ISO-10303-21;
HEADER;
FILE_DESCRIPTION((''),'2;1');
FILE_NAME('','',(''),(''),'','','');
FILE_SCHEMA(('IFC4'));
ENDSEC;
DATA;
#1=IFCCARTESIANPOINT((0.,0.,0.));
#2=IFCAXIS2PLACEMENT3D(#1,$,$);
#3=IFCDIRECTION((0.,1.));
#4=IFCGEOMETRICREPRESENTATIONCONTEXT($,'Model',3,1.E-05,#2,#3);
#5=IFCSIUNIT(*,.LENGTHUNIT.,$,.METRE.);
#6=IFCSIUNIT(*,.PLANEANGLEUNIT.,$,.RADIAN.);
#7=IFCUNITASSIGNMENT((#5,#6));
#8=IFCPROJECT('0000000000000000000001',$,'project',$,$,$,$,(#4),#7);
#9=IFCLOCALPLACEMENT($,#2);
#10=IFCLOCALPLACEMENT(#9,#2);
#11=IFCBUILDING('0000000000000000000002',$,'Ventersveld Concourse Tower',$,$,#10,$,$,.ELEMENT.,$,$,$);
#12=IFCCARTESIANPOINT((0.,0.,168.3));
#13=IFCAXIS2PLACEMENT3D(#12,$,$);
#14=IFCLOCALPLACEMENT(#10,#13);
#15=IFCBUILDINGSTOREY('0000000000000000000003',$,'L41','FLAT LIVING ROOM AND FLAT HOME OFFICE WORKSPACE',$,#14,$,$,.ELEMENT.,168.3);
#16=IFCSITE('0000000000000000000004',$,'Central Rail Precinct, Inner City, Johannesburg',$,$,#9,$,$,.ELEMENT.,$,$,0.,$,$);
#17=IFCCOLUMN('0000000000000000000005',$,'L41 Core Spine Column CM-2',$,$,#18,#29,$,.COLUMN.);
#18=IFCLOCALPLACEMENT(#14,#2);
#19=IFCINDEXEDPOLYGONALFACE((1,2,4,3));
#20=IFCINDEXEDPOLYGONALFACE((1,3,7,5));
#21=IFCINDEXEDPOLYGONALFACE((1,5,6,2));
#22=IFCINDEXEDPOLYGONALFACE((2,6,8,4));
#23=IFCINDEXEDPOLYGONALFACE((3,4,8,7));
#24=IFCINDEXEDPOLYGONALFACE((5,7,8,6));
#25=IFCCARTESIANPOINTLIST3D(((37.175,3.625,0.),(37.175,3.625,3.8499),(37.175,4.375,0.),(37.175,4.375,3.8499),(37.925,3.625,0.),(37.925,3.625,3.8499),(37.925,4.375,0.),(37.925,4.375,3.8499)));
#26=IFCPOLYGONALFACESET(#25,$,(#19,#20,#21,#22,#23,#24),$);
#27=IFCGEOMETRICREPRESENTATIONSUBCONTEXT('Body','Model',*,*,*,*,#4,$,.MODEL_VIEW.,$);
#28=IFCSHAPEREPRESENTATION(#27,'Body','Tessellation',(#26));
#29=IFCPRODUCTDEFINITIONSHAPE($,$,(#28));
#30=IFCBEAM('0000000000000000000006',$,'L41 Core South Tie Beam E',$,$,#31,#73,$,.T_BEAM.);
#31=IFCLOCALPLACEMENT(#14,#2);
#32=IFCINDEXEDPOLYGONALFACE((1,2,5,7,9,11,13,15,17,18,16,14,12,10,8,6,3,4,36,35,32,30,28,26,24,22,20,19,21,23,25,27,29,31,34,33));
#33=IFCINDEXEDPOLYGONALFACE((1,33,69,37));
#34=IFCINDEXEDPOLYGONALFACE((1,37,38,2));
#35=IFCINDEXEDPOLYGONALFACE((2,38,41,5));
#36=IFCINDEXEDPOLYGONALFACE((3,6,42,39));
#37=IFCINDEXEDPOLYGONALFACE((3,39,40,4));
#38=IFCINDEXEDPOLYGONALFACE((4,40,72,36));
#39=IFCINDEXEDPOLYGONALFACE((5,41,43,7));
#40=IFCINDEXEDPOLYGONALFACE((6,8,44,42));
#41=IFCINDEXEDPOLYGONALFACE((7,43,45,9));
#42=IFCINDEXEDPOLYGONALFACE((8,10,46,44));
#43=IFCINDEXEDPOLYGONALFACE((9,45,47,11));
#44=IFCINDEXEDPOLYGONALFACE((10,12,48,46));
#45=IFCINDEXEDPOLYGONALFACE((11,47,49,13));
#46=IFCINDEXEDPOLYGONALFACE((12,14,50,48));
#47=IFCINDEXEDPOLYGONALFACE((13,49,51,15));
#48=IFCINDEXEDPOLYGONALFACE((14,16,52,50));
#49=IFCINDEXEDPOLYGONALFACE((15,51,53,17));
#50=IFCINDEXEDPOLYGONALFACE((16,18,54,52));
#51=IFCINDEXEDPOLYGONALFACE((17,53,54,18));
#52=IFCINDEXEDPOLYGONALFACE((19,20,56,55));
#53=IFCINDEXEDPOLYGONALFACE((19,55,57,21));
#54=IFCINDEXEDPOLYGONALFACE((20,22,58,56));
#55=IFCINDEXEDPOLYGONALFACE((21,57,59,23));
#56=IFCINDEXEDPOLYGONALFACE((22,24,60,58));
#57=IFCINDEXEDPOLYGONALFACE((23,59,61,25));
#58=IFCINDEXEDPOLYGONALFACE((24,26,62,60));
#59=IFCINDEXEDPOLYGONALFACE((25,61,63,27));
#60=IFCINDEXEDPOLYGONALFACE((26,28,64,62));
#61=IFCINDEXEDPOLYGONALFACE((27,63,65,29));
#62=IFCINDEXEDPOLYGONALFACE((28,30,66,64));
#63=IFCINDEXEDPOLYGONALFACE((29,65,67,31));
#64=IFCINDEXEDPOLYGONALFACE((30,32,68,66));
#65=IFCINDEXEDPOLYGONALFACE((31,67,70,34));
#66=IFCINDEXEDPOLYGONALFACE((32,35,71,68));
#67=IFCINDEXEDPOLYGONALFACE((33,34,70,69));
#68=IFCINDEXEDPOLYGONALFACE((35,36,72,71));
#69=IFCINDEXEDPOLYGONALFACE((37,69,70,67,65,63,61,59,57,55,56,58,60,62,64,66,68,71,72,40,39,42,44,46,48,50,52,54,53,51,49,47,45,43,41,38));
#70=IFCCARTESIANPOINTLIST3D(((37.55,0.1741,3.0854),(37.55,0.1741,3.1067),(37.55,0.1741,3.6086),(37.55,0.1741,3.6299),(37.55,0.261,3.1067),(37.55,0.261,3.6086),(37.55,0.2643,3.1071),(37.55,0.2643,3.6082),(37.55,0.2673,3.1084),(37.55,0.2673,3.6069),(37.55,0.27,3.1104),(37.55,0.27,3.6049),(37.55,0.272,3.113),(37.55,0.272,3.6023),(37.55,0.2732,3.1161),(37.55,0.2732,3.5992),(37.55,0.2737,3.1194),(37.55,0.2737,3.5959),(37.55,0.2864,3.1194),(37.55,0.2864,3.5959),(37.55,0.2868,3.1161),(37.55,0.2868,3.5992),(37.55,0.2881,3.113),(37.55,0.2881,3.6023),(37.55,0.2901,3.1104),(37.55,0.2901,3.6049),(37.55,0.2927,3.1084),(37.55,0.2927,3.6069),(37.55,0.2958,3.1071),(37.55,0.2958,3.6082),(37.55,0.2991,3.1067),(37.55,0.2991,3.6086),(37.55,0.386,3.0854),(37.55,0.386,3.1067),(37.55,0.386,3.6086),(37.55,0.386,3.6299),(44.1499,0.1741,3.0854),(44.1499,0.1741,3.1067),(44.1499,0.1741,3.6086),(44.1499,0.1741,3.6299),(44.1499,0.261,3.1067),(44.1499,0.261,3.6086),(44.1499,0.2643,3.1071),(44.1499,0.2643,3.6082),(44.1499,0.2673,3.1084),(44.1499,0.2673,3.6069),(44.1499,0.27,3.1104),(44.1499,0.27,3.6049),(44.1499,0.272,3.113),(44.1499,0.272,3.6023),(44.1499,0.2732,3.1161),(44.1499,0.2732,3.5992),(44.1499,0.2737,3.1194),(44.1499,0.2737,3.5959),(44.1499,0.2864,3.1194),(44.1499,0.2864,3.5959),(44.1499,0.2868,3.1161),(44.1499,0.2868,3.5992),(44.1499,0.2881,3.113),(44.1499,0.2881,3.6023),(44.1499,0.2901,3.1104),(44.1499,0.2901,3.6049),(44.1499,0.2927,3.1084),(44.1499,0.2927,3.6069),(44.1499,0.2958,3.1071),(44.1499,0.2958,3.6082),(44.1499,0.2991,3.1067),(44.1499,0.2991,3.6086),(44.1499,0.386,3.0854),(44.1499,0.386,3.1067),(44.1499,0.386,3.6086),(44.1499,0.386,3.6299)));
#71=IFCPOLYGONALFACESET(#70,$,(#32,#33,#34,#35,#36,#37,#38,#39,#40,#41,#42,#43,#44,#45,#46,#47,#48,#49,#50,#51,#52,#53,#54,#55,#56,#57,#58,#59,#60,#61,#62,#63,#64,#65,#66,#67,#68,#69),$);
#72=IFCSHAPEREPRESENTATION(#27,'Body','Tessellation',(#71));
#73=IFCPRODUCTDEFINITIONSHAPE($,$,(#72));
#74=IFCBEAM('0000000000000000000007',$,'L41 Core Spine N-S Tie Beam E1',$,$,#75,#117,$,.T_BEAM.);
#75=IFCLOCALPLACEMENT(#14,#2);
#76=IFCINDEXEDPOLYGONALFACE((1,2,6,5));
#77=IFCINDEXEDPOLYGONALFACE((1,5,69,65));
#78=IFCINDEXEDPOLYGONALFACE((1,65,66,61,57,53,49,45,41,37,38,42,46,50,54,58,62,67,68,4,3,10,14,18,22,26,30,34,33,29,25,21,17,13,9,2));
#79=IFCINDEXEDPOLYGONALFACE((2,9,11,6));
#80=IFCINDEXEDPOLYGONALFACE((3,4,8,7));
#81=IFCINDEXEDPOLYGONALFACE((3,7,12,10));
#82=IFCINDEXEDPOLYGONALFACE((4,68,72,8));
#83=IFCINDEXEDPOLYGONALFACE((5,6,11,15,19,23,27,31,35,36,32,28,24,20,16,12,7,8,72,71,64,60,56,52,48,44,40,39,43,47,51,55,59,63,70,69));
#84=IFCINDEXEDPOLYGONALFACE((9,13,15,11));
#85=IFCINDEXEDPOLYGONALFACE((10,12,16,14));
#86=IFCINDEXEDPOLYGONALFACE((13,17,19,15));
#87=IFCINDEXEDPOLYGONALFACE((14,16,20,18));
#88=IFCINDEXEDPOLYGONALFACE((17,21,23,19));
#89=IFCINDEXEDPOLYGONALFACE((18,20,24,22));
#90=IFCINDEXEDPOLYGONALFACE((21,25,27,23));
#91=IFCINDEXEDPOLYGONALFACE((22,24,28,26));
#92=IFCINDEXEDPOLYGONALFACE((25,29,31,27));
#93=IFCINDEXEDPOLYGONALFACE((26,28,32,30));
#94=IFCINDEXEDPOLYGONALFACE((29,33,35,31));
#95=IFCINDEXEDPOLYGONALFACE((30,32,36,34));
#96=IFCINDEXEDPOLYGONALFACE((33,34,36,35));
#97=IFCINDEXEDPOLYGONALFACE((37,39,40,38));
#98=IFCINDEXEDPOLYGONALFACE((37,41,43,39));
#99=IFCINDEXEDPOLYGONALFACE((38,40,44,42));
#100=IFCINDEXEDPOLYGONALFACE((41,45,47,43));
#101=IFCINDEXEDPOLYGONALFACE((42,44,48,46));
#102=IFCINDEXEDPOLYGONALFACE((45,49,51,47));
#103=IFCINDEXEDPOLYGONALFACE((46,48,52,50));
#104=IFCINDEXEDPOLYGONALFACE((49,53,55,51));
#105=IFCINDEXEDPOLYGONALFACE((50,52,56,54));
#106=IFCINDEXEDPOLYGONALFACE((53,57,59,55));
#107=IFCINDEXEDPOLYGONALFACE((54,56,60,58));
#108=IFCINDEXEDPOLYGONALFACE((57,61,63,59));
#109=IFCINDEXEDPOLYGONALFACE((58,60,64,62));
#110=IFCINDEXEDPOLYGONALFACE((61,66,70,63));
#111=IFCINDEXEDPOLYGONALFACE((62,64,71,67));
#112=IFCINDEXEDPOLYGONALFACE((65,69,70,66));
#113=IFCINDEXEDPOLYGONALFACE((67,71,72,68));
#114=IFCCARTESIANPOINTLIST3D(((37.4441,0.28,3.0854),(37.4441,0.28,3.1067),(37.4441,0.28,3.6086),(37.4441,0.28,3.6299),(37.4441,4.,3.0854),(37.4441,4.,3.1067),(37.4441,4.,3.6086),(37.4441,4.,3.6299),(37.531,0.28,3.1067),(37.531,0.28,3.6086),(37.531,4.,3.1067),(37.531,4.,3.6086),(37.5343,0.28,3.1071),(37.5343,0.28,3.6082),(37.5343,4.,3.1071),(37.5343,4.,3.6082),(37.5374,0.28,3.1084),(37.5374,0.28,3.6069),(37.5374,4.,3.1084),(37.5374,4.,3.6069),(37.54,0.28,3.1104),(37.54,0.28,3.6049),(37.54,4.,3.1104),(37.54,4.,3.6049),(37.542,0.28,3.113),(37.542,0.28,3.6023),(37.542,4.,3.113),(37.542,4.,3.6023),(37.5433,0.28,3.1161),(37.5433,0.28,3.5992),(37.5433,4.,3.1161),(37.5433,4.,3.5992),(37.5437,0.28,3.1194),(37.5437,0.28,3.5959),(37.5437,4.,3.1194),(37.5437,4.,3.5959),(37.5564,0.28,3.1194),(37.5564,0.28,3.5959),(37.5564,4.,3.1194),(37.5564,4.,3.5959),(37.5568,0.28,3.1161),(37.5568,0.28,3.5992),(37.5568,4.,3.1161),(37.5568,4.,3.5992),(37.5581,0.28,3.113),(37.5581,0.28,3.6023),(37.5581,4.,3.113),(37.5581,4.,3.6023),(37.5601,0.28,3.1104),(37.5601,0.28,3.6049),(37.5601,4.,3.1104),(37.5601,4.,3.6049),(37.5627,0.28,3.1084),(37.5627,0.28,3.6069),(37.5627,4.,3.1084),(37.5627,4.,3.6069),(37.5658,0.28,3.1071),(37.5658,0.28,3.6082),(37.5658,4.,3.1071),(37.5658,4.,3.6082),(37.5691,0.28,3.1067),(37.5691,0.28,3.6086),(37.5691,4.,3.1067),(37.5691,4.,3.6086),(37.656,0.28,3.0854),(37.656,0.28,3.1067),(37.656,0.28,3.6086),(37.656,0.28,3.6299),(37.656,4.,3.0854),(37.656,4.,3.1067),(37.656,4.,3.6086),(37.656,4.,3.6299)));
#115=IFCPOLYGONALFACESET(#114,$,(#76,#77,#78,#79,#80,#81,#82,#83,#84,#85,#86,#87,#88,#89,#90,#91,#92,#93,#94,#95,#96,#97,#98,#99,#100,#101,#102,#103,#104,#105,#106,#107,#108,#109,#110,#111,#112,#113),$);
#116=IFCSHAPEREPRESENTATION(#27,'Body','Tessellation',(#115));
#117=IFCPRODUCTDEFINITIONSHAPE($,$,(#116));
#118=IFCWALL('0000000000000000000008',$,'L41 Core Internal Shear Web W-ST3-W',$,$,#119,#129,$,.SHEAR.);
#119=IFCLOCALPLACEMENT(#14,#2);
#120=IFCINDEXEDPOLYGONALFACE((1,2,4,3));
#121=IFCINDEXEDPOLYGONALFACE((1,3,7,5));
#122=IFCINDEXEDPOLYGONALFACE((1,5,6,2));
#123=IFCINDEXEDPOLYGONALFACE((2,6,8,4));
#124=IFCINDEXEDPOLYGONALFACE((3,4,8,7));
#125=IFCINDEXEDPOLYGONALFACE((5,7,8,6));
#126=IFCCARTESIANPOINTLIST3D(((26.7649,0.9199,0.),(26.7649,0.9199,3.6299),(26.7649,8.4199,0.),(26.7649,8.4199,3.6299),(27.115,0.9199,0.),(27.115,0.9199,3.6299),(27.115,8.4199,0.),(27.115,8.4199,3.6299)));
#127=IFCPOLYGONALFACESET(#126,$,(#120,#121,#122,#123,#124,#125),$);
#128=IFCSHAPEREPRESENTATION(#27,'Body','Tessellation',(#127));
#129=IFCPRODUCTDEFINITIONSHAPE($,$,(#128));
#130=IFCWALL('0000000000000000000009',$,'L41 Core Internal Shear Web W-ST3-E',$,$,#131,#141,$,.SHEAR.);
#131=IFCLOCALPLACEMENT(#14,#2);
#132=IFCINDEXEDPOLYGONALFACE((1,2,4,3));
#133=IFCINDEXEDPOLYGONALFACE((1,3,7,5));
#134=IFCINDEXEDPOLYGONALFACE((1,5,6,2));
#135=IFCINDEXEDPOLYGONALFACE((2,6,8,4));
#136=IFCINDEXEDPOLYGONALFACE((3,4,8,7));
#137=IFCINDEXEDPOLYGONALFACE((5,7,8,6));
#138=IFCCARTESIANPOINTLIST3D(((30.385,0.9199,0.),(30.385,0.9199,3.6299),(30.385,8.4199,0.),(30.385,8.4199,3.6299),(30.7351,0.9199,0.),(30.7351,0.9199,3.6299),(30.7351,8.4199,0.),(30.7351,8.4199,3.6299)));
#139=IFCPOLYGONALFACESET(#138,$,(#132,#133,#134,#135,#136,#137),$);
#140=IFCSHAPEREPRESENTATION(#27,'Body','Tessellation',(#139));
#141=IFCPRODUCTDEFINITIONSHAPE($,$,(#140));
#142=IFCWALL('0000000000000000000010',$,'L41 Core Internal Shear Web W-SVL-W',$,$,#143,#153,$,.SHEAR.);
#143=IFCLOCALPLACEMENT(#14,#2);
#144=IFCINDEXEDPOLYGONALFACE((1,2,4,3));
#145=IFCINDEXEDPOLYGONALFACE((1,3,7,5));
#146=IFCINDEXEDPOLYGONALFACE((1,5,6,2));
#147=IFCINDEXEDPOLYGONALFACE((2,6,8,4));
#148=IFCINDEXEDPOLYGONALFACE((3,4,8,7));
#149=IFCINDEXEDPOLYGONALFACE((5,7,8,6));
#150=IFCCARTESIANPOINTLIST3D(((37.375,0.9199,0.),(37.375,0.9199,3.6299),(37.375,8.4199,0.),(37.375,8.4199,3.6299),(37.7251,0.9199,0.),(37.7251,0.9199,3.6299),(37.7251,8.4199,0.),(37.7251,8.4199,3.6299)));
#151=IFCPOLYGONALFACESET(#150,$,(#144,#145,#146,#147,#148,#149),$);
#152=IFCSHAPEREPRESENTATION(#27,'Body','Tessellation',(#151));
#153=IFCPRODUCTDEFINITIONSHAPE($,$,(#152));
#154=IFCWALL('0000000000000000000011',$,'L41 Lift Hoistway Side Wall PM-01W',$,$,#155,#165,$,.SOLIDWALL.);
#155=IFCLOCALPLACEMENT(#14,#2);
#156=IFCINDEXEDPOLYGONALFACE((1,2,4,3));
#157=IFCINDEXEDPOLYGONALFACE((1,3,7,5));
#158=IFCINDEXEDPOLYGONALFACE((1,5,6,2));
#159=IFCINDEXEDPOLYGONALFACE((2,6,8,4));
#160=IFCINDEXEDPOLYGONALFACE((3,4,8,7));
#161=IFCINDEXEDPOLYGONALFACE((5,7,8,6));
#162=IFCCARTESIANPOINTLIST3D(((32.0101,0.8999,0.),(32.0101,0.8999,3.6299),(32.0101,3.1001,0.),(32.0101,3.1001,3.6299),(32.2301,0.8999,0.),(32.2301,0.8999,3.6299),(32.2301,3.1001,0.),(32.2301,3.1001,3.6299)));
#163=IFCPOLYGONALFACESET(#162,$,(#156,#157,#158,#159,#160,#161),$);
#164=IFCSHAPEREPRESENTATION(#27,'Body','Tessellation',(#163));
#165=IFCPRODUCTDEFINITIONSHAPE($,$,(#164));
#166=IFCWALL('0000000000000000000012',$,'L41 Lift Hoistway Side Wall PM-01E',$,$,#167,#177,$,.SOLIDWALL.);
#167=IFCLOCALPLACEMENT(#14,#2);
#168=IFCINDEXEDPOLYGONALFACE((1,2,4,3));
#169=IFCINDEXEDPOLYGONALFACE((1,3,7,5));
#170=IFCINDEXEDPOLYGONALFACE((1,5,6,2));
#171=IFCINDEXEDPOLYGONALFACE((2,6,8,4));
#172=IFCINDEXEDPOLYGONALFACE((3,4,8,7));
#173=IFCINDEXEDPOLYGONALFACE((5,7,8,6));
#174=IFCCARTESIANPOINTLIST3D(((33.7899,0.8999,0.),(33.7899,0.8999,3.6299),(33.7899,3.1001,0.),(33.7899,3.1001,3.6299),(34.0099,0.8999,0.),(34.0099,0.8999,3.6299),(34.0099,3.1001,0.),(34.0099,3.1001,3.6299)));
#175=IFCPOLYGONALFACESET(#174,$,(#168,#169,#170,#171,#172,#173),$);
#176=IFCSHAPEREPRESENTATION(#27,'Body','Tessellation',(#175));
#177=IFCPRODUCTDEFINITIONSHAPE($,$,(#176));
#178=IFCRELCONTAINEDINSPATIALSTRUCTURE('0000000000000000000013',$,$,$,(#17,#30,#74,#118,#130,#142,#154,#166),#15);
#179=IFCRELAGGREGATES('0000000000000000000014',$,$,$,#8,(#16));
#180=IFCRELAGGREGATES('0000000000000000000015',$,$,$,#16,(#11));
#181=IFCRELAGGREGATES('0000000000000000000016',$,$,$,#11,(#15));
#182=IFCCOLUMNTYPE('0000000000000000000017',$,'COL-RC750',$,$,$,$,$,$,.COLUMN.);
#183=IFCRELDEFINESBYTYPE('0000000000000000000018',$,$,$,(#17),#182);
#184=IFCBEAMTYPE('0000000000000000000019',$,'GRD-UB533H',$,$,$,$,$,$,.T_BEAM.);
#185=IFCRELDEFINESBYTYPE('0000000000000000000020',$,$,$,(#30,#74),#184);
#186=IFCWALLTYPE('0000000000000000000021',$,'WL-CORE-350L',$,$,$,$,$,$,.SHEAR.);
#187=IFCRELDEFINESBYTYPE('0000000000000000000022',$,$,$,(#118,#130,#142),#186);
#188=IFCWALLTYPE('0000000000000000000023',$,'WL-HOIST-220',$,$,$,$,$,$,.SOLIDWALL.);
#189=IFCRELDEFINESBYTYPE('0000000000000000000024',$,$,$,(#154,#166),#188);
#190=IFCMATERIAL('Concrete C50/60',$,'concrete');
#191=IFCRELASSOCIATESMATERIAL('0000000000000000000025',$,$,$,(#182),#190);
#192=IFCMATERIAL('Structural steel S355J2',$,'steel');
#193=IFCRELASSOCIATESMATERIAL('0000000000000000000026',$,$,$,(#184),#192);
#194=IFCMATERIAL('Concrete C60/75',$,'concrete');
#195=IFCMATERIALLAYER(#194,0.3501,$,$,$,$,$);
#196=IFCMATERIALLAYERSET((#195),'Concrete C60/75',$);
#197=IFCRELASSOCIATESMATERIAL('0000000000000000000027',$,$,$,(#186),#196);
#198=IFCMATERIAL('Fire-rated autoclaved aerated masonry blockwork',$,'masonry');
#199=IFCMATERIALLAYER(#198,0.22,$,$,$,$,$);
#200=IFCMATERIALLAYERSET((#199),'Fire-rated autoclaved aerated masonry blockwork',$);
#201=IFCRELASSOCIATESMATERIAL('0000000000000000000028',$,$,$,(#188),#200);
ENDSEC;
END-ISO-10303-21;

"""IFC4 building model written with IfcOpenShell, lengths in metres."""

from ifc_helpers import new_model, si_unit, direction, frame, frame_2d, origin, origin_2d, place, context, subcontext, project, spatial, rectangle, i_section, extrude, material, layer, layer_set, material_profile, profile_set, type_object, element, save


model = new_model("IFC4")

# Units and contexts
model_context = context("Model", 3, precision=1e-05, world=origin(), true_north=direction((0.0, 1.0)))
body_context = subcontext(model_context, "Body", "Model", "MODEL_VIEW")
ifc_project = project(units=[si_unit("LENGTHUNIT", "METRE"), si_unit("PLANEANGLEUNIT", "RADIAN")], contexts=[model_context])

# Site, building, storey
site_placement = place(None, origin())
site = spatial("IfcSite", under=ifc_project, at=site_placement, Name="Central Rail Precinct, Inner City, Johannesburg", CompositionType="ELEMENT", RefElevation=0.0)
building_placement = place(site_placement, origin())
building = spatial("IfcBuilding", under=site, at=building_placement, Name="Ventersveld Concourse Tower", CompositionType="ELEMENT")
storey_placement = place(building_placement, frame((0.0, 0.0, 168.3)))
storey = spatial("IfcBuildingStorey", under=building, at=storey_placement, Name="L41", Description="FLAT LIVING ROOM AND FLAT HOME OFFICE WORKSPACE", CompositionType="ELEMENT", Elevation=168.3)

# Column
ifc_material_1 = material(Name="Concrete C50/60", Category="concrete")
ifc_material_profile_1 = material_profile(ifc_material_1, rectangle(XDim=0.75, YDim=0.75, at=origin_2d()), Name="RC 750x750")
ifc_profile_set_1 = profile_set([ifc_material_profile_1], Name="Concrete C50/60")
column_type = type_object("IfcColumnType", Name="COL-RC750", PredefinedType="COLUMN", material=ifc_profile_set_1)
column_placement = place(storey_placement, frame((37.55, 4.0, 0.0), z_axis=(0.0, 0.0, 1.0), x_axis=(1.0, 0.0, 0.0)))
element("IfcColumn", 1, at=column_placement, inside=storey, type_object=column_type, Name="L41 Core Spine Column CM-2", PredefinedType="COLUMN", context=body_context, shape_type="SweptSolid", body=[
    extrude(rectangle(XDim=0.75, YDim=0.75, at=origin_2d()), origin(), (0.0, 0.0, 1.0), 3.8499),
])

# Beams
ifc_material_2 = material(Name="Structural steel S355J2", Category="steel")
ifc_material_profile_2 = material_profile(ifc_material_2, i_section(OverallWidth=0.2119, OverallDepth=0.5444, WebThickness=0.0127, FlangeThickness=0.0212, FilletRadius=0.0127, at=origin_2d()), Name="UB 533x210x122")
ifc_profile_set_2 = profile_set([ifc_material_profile_2], Name="Structural steel S355J2")
beam_type = type_object("IfcBeamType", Name="GRD-UB533H", PredefinedType="T_BEAM", material=ifc_profile_set_2)
beam_1_placement = place(storey_placement, frame((37.55, 0.28, 3.3577), z_axis=(1.0, 0.0, 0.0), x_axis=(0.0, 1.0, 0.0)))
element("IfcBeam", 2, at=beam_1_placement, inside=storey, type_object=beam_type, Name="L41 Core South Tie Beam E", PredefinedType="T_BEAM", context=body_context, shape_type="SweptSolid", body=[
    extrude(i_section(OverallWidth=0.2119, OverallDepth=0.5444, WebThickness=0.0127, FlangeThickness=0.0212, FilletRadius=0.0127, at=origin_2d()), origin(), (0.0, 0.0, 1.0), 6.5999),
])
beam_2_placement = place(storey_placement, frame((37.55, 0.28, 3.3577), z_axis=(0.0, 1.0, 0.0), x_axis=(-1.0, 0.0, 0.0)))
element("IfcBeam", 3, at=beam_2_placement, inside=storey, type_object=beam_type, Name="L41 Core Spine N-S Tie Beam E1", PredefinedType="T_BEAM", context=body_context, shape_type="SweptSolid", body=[
    extrude(i_section(OverallWidth=0.2119, OverallDepth=0.5444, WebThickness=0.0127, FlangeThickness=0.0212, FilletRadius=0.0127, at=origin_2d()), origin(), (0.0, 0.0, 1.0), 3.72),
])

# Walls
ifc_material_3 = material(Name="Concrete C60/75", Category="concrete")
ifc_layer_1 = layer(ifc_material_3, 0.3501)
ifc_layer_set_1 = layer_set([ifc_layer_1], Name="Concrete C60/75")
wall_type_1 = type_object("IfcWallType", Name="WL-CORE-350L", PredefinedType="SHEAR", material=ifc_layer_set_1)
for number, where, z_axis, x_axis, name in (
    (4, (26.9399, 0.9199, 0.0), (0.0, 0.0, 1.0), (0.0, 1.0, 0.0), "L41 Core Internal Shear Web W-ST3-W"),
    (5, (30.5601, 0.9199, 0.0), (0.0, 0.0, 1.0), (0.0, 1.0, 0.0), "L41 Core Internal Shear Web W-ST3-E"),
    (6, (37.55, 0.9199, 0.0), (0.0, 0.0, 1.0), (0.0, 1.0, 0.0), "L41 Core Internal Shear Web W-SVL-W"),
):
    element("IfcWall", number, at=place(storey_placement, frame(where, z_axis=z_axis, x_axis=x_axis)), inside=storey, type_object=wall_type_1, Name=name, PredefinedType="SHEAR", context=body_context, shape_type="SweptSolid", body=[
        extrude(rectangle(XDim=7.5, YDim=0.3501, at=frame_2d((3.75, 0.0))), origin(), (0.0, 0.0, 1.0), 3.6299),
    ])
ifc_material_4 = material(Name="Fire-rated autoclaved aerated masonry blockwork", Category="masonry")
ifc_layer_2 = layer(ifc_material_4, 0.22)
ifc_layer_set_2 = layer_set([ifc_layer_2], Name="Fire-rated autoclaved aerated masonry blockwork")
wall_type_2 = type_object("IfcWallType", Name="WL-HOIST-220", PredefinedType="SOLIDWALL", material=ifc_layer_set_2)
for number, where, z_axis, x_axis, name in (
    (7, (32.1201, 0.8999, 0.0), (0.0, 0.0, 1.0), (0.0, 1.0, 0.0), "L41 Lift Hoistway Side Wall PM-01W"),
    (8, (33.8999, 0.8999, 0.0), (0.0, 0.0, 1.0), (0.0, 1.0, 0.0), "L41 Lift Hoistway Side Wall PM-01E"),
):
    element("IfcWall", number, at=place(storey_placement, frame(where, z_axis=z_axis, x_axis=x_axis)), inside=storey, type_object=wall_type_2, Name=name, PredefinedType="SOLIDWALL", context=body_context, shape_type="SweptSolid", body=[
        extrude(rectangle(XDim=2.2002, YDim=0.22, at=frame_2d((1.1001, 0.0))), origin(), (0.0, 0.0, 1.0), 3.6299),
    ])

save(model, "model.ifc")
